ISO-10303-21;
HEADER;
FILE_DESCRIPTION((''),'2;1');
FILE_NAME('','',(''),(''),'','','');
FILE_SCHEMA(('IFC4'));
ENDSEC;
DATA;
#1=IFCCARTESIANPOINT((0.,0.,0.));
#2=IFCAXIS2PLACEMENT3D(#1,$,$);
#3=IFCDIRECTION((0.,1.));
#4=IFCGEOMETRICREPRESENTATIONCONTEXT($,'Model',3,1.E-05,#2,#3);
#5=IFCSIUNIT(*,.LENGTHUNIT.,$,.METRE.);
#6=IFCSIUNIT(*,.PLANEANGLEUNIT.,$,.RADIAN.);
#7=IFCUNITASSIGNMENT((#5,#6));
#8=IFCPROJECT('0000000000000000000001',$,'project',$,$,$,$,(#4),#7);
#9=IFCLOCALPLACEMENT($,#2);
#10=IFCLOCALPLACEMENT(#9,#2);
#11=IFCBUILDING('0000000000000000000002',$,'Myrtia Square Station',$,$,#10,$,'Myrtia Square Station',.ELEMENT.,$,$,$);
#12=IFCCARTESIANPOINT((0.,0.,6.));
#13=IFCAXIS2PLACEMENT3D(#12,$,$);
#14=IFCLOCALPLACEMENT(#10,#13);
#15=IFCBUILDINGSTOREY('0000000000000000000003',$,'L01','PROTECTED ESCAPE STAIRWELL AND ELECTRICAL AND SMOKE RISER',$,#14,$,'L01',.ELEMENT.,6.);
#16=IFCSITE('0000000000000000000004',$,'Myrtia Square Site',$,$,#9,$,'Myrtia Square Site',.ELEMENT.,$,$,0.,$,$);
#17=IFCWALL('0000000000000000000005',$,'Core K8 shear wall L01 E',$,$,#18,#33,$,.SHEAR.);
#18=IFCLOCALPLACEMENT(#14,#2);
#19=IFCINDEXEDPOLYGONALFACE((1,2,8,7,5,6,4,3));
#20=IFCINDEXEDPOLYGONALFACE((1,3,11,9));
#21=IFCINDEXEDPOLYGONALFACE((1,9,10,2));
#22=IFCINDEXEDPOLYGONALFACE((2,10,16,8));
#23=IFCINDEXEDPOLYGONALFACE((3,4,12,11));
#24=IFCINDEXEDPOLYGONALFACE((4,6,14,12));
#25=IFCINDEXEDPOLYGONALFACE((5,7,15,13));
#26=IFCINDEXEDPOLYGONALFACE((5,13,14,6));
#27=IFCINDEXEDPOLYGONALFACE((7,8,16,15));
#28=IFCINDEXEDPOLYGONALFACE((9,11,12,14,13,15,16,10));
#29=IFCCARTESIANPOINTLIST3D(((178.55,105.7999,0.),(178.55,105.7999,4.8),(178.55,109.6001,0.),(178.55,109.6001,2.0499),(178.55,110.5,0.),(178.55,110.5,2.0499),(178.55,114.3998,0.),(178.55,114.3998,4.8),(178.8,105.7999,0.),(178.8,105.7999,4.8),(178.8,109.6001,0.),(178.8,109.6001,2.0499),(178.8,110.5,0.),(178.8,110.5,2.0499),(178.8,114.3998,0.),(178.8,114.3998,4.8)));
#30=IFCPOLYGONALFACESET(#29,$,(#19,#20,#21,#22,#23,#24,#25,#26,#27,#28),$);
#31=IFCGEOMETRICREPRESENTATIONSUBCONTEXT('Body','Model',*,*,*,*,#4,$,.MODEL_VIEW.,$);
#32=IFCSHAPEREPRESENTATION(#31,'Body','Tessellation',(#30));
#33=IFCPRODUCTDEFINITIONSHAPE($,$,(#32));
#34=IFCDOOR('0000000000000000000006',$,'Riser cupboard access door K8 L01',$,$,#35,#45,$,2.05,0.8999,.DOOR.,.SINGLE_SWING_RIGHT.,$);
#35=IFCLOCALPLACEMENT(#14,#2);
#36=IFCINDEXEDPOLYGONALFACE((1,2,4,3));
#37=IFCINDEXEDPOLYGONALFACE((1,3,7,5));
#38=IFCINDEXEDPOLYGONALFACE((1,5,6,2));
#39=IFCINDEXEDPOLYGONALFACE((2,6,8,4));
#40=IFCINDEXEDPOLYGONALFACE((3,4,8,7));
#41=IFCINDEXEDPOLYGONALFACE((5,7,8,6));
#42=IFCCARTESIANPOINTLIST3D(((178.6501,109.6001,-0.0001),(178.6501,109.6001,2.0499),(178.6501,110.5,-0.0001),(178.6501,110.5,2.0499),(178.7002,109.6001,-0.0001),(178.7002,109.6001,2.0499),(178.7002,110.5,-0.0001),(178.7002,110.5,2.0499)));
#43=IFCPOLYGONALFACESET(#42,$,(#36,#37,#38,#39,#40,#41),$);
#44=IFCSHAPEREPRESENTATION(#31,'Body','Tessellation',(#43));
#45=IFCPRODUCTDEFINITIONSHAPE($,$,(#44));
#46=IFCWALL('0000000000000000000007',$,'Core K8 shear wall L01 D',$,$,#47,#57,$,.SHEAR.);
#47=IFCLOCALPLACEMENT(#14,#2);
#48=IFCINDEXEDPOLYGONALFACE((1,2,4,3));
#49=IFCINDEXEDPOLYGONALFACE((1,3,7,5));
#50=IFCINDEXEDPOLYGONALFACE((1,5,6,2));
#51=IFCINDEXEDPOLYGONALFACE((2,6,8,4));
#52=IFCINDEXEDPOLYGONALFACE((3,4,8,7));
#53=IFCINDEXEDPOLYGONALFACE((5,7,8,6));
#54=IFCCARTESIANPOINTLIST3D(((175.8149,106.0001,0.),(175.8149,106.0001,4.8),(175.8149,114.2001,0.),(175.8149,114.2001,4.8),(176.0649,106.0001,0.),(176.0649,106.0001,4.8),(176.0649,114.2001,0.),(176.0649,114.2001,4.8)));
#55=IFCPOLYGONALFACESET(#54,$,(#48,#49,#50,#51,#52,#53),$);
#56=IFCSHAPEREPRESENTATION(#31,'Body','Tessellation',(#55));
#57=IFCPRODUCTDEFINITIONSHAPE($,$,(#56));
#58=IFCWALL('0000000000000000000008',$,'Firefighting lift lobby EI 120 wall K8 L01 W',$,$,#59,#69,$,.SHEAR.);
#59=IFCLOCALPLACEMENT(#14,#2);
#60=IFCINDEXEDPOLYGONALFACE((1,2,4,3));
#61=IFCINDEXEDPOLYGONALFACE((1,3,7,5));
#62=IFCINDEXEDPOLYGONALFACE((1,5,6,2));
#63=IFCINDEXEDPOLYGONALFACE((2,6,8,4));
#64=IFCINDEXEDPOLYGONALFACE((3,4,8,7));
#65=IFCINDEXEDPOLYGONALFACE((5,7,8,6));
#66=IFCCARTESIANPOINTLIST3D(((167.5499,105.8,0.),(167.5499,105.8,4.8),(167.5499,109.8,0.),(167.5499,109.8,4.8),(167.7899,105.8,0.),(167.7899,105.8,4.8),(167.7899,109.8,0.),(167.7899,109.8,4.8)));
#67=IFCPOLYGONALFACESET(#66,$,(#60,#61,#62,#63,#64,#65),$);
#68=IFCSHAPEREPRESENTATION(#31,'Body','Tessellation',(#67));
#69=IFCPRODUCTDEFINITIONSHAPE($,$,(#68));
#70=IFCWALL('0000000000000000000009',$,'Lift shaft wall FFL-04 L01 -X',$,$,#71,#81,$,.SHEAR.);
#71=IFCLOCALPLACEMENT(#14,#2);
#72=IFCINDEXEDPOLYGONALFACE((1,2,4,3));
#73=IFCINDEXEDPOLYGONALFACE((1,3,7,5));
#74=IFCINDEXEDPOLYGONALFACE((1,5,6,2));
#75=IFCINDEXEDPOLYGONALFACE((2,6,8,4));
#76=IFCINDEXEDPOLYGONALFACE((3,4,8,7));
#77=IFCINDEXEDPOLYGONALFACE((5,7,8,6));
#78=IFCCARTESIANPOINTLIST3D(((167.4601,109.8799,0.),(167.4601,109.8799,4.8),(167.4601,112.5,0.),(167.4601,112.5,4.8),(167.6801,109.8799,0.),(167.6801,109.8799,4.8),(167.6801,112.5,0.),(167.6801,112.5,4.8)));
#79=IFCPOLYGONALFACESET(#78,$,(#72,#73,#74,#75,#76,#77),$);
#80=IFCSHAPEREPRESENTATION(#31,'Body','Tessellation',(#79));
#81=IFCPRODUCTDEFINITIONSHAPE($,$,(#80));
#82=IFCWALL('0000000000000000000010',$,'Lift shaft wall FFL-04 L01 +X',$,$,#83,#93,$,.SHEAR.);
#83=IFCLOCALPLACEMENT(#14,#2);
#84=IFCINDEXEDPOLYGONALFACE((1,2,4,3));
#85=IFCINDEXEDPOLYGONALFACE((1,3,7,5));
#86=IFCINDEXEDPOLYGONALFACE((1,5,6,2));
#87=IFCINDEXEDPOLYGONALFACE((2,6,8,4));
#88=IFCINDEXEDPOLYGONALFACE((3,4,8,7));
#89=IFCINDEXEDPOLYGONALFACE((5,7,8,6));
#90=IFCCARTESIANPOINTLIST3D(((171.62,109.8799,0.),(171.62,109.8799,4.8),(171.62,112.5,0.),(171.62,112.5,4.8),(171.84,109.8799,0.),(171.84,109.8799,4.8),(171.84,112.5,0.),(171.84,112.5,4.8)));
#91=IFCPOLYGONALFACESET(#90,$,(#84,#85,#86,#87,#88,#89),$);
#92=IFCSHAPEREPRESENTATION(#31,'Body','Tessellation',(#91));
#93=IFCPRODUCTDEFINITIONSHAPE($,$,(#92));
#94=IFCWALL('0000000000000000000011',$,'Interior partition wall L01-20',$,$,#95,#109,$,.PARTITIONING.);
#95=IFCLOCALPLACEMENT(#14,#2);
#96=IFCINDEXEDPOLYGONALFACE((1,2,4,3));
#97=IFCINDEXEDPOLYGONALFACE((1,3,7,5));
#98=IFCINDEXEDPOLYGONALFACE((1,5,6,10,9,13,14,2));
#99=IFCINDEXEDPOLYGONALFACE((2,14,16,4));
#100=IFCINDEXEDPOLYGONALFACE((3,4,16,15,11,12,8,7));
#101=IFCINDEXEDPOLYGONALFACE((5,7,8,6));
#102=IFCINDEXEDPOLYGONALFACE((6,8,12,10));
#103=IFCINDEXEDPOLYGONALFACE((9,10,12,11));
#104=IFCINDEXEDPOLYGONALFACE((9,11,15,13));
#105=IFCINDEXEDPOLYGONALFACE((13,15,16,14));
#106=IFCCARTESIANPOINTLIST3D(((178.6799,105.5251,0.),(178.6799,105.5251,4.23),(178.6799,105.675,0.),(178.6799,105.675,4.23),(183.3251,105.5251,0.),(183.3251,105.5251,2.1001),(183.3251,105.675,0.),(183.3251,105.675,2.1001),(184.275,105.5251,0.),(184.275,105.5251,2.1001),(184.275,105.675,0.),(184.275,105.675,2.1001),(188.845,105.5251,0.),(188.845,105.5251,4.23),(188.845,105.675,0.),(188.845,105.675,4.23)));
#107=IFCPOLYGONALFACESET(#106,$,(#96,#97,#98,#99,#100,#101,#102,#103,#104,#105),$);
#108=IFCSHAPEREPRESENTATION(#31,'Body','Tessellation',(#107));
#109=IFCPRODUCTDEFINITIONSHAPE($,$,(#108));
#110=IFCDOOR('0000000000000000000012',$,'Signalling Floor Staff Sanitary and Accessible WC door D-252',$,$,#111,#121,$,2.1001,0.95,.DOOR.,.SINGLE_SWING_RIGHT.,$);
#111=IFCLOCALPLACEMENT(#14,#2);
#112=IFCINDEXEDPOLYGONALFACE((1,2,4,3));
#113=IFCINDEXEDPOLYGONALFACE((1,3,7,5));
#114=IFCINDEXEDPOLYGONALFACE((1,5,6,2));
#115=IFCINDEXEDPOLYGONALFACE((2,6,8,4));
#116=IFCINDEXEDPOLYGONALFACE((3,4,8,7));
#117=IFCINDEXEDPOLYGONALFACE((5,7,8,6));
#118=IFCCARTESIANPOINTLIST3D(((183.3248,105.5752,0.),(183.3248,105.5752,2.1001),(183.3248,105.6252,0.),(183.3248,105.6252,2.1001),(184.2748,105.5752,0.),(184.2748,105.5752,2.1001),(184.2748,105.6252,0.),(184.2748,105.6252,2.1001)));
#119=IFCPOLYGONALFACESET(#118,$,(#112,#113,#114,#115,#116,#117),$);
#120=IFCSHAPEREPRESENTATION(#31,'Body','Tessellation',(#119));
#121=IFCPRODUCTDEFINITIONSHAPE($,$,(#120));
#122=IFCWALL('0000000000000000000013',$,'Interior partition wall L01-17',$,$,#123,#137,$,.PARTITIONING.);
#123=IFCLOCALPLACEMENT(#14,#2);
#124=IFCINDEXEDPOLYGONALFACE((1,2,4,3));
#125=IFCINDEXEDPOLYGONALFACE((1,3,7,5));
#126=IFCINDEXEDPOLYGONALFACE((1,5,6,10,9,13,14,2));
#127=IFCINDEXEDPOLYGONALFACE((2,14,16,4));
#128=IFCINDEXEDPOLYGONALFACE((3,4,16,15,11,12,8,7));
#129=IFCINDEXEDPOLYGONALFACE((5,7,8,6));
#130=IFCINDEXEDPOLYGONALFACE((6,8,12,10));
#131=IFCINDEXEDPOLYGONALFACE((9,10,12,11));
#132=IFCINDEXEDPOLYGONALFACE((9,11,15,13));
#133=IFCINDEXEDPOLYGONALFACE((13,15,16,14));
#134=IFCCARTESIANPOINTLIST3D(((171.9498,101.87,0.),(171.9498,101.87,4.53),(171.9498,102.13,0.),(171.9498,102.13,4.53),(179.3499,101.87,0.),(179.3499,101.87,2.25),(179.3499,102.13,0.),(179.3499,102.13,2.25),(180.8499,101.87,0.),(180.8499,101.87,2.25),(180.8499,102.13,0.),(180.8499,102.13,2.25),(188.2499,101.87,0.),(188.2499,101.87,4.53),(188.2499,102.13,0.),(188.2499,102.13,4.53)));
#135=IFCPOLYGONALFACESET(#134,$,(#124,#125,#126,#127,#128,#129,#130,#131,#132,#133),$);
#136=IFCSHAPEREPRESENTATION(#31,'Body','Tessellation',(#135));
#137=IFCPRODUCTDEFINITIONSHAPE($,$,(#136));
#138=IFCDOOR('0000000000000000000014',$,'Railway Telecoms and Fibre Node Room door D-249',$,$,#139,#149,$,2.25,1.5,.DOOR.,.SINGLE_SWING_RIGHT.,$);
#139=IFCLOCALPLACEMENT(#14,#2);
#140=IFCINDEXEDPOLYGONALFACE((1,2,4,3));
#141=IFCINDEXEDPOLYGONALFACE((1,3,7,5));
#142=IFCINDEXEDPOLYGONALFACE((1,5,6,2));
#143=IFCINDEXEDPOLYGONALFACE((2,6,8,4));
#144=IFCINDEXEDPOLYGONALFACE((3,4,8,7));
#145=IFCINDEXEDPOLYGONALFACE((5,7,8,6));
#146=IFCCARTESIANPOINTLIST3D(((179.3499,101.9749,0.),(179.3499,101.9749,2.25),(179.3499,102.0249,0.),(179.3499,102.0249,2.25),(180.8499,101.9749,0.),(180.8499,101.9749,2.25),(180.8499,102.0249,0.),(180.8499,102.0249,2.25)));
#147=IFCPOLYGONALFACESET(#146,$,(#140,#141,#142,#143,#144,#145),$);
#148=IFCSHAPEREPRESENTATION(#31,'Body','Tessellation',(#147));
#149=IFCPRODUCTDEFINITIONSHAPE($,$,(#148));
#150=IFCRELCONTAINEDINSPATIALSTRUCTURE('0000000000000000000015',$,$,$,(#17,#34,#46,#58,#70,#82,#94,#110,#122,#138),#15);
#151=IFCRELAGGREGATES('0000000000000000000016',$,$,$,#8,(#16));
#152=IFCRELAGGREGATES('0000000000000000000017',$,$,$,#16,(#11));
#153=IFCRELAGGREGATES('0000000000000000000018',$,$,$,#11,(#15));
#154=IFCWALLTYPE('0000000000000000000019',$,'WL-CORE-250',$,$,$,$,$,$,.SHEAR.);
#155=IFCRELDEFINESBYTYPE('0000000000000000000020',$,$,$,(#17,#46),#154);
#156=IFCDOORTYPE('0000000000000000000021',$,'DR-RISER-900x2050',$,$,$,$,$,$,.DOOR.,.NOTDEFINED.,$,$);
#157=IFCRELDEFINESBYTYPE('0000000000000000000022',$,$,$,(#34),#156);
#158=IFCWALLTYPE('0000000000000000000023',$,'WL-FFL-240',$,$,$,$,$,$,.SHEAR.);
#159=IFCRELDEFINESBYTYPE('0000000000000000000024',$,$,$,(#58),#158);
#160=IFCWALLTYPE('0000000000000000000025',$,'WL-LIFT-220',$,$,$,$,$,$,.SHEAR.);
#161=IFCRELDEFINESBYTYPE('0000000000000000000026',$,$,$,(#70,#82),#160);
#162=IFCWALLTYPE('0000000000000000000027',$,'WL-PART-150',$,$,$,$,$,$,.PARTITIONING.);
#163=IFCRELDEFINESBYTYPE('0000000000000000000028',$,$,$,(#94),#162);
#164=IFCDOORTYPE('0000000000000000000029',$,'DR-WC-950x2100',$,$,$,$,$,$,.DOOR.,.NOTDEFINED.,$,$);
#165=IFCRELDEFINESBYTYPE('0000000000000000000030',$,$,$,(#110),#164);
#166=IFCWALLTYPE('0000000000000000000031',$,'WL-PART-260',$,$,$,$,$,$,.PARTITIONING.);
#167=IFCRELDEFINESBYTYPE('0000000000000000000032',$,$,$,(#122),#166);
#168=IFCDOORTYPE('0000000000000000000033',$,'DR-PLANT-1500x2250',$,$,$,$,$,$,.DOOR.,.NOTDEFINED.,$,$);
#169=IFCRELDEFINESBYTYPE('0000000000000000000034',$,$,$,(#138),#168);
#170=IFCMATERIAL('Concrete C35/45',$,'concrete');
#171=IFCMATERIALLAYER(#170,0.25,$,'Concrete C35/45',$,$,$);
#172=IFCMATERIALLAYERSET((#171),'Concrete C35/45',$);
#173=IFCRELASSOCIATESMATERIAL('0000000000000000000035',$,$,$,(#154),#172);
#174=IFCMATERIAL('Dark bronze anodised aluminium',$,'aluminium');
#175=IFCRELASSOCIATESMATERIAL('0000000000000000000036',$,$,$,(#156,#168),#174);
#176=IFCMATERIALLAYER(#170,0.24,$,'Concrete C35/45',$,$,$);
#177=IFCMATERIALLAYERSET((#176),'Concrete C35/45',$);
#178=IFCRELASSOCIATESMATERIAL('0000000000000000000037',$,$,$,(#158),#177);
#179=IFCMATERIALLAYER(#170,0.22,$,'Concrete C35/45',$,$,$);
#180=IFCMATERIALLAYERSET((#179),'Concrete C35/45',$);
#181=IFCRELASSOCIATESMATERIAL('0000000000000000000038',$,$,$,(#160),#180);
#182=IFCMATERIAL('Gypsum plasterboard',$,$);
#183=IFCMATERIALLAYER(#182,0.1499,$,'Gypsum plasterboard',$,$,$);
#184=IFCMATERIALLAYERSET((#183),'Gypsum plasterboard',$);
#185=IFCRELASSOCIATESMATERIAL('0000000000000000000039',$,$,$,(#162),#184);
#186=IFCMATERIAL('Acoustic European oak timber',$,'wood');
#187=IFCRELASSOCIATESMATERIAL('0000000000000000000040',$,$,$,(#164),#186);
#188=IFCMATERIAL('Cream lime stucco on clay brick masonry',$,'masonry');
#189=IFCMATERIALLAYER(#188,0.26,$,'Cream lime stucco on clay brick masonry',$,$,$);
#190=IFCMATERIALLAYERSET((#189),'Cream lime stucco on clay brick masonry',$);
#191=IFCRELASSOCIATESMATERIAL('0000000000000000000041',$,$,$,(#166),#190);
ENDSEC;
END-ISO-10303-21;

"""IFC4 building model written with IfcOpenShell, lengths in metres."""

from ifc_helpers import new_model, si_unit, direction, frame, frame_2d, origin, place, context, subcontext, project, spatial, rectangle, extrude, material, layer, layer_set, type_object, element, fill, save


model = new_model("IFC4")

# Units and contexts
model_context = context("Model", 3, precision=1e-05, world=origin(), true_north=direction((0.0, 1.0)))
body_context = subcontext(model_context, "Body", "Model", "MODEL_VIEW")
ifc_project = project(units=[si_unit("LENGTHUNIT", "METRE"), si_unit("PLANEANGLEUNIT", "RADIAN")], contexts=[model_context])

# Site, building, storey
site_placement = place(None, origin())
site = spatial("IfcSite", under=ifc_project, at=site_placement, Name="Myrtia Square Site", LongName="Myrtia Square Site", CompositionType="ELEMENT", RefElevation=0.0)
building_placement = place(site_placement, origin())
building = spatial("IfcBuilding", under=site, at=building_placement, Name="Myrtia Square Station", LongName="Myrtia Square Station", CompositionType="ELEMENT")
storey_placement = place(building_placement, frame((0.0, 0.0, 6.0)))
storey = spatial("IfcBuildingStorey", under=building, at=storey_placement, Name="L01", Description="PROTECTED ESCAPE STAIRWELL AND ELECTRICAL AND SMOKE RISER", LongName="L01", CompositionType="ELEMENT", Elevation=6.0)

# Shared definitions
ifc_material_1 = material(Name="Concrete C35/45", Category="concrete")
ifc_layer_1 = layer(ifc_material_1, 0.25, Name="Concrete C35/45")
ifc_layer_set_1 = layer_set([ifc_layer_1], Name="Concrete C35/45")
wall_type_1 = type_object("IfcWallType", Name="WL-CORE-250", PredefinedType="SHEAR", material=ifc_layer_set_1)

# Wall, opening, door
ifc_material_2 = material(Name="Dark bronze anodised aluminium", Category="aluminium")
wall_1_placement = place(storey_placement, frame((178.675, 105.8, 0.0), z_axis=(0.0, 0.0, 1.0), x_axis=(0.0, 1.0, 0.0)))
wall_1 = element("IfcWall", 1, at=wall_1_placement, inside=storey, type_object=wall_type_1, Name="Core K8 shear wall L01 E", PredefinedType="SHEAR", context=body_context, shape_type="SweptSolid", body=[
    extrude(rectangle(XDim=8.5999, YDim=0.25, at=frame_2d((4.2998, 0.0))), origin(), (0.0, 0.0, 1.0), 4.8),
])
opening_1_placement = place(wall_1_placement, frame((3.8, 0.0, 0.0)))
opening_1 = element("IfcOpeningElement", 2, at=opening_1_placement, cuts=wall_1, PredefinedType="OPENING", context=body_context, shape_type="SweptSolid", body=[
    extrude(rectangle(XDim=0.8999, YDim=2.05, at=frame_2d((0.45, 1.0249))), frame((0.0, 0.1399, 0.0), z_axis=(0.0, -1.0, 0.0), x_axis=(1.0, 0.0, 0.0)), (0.0, 0.0, 1.0), 0.28),
])
door_type_1 = type_object("IfcDoorType", Name="DR-RISER-900x2050", OperationType="NOTDEFINED", PredefinedType="DOOR", material=ifc_material_2)
door_1_placement = place(opening_1_placement, origin())
door_1 = element("IfcDoor", 3, at=door_1_placement, inside=storey, type_object=door_type_1, Name="Riser cupboard access door K8 L01", OperationType="SINGLE_SWING_RIGHT", OverallHeight=2.05, OverallWidth=0.8999, PredefinedType="DOOR", context=body_context, shape_type="SweptSolid", body=[
    extrude(rectangle(XDim=0.8999, YDim=2.05, at=frame_2d((0.45, 1.0249))), frame((0.0, 0.0249, 0.0), z_axis=(0.0, -1.0, 0.0), x_axis=(1.0, 0.0, 0.0)), (0.0, 0.0, 1.0), 0.05),
])
fill(opening_1, door_1)

# Walls
wall_2_placement = place(storey_placement, frame((175.9399, 106.0, 0.0), z_axis=(0.0, 0.0, 1.0), x_axis=(0.0, 1.0, 0.0)))
element("IfcWall", 4, at=wall_2_placement, inside=storey, type_object=wall_type_1, Name="Core K8 shear wall L01 D", PredefinedType="SHEAR", context=body_context, shape_type="SweptSolid", body=[
    extrude(rectangle(XDim=8.2, YDim=0.25, at=frame_2d((4.1001, 0.0))), origin(), (0.0, 0.0, 1.0), 4.8),
])
ifc_layer_2 = layer(ifc_material_1, 0.24, Name="Concrete C35/45")
ifc_layer_set_2 = layer_set([ifc_layer_2], Name="Concrete C35/45")
wall_type_2 = type_object("IfcWallType", Name="WL-FFL-240", PredefinedType="SHEAR", material=ifc_layer_set_2)
wall_3_placement = place(storey_placement, frame((167.6699, 105.8, 0.0), z_axis=(0.0, 0.0, 1.0), x_axis=(0.0, 1.0, 0.0)))
element("IfcWall", 5, at=wall_3_placement, inside=storey, type_object=wall_type_2, Name="Firefighting lift lobby EI 120 wall K8 L01 W", PredefinedType="SHEAR", context=body_context, shape_type="SweptSolid", body=[
    extrude(rectangle(XDim=4.0, YDim=0.24, at=frame_2d((2.0, 0.0))), origin(), (0.0, 0.0, 1.0), 4.8),
])
ifc_layer_3 = layer(ifc_material_1, 0.22, Name="Concrete C35/45")
ifc_layer_set_3 = layer_set([ifc_layer_3], Name="Concrete C35/45")
wall_type_3 = type_object("IfcWallType", Name="WL-LIFT-220", PredefinedType="SHEAR", material=ifc_layer_set_3)
for number, where, z_axis, x_axis, name in (
    (6, (167.5701, 109.8799, 0.0), (0.0, 0.0, 1.0), (0.0, 1.0, 0.0), "Lift shaft wall FFL-04 L01 -X"),
    (7, (171.73, 109.8799, 0.0), (0.0, 0.0, 1.0), (0.0, 1.0, 0.0), "Lift shaft wall FFL-04 L01 +X"),
):
    element("IfcWall", number, at=place(storey_placement, frame(where, z_axis=z_axis, x_axis=x_axis)), inside=storey, type_object=wall_type_3, Name=name, PredefinedType="SHEAR", context=body_context, shape_type="SweptSolid", body=[
        extrude(rectangle(XDim=2.6201, YDim=0.22, at=frame_2d((1.3101, 0.0))), origin(), (0.0, 0.0, 1.0), 4.8),
    ])

# Walls, openings, doors
ifc_material_3 = material(Name="Gypsum plasterboard")
ifc_layer_4 = layer(ifc_material_3, 0.1499, Name="Gypsum plasterboard")
ifc_layer_set_4 = layer_set([ifc_layer_4], Name="Gypsum plasterboard")
wall_type_4 = type_object("IfcWallType", Name="WL-PART-150", PredefinedType="PARTITIONING", material=ifc_layer_set_4)
wall_4_placement = place(storey_placement, frame((178.6799, 105.6001, 0.0), z_axis=(0.0, 0.0, 1.0), x_axis=(1.0, 0.0, 0.0)))
wall_4 = element("IfcWall", 8, at=wall_4_placement, inside=storey, type_object=wall_type_4, Name="Interior partition wall L01-20", PredefinedType="PARTITIONING", context=body_context, shape_type="SweptSolid", body=[
    extrude(rectangle(XDim=10.165, YDim=0.1499, at=frame_2d((5.0825, 0.0))), origin(), (0.0, 0.0, 1.0), 4.23),
])
opening_2_placement = place(wall_4_placement, frame((4.645, 0.0, 0.0)))
opening_2 = element("IfcOpeningElement", 9, at=opening_2_placement, cuts=wall_4, PredefinedType="OPENING", context=body_context, shape_type="SweptSolid", body=[
    extrude(rectangle(XDim=0.95, YDim=2.1001, at=frame_2d((0.4751, 1.05))), frame((0.0, 0.0898, 0.0), z_axis=(0.0, -1.0, 0.0), x_axis=(1.0, 0.0, 0.0)), (0.0, 0.0, 1.0), 0.1799),
])
ifc_material_4 = material(Name="Acoustic European oak timber", Category="wood")
door_type_2 = type_object("IfcDoorType", Name="DR-WC-950x2100", OperationType="NOTDEFINED", PredefinedType="DOOR", material=ifc_material_4)
door_2_placement = place(opening_2_placement, frame((0.95, 0.0, 0.0), z_axis=(0.0, 0.0, 1.0), x_axis=(-1.0, 0.0, 0.0)))
door_2 = element("IfcDoor", 10, at=door_2_placement, inside=storey, type_object=door_type_2, Name="Signalling Floor Staff Sanitary and Accessible WC door D-252", OperationType="SINGLE_SWING_RIGHT", OverallHeight=2.1001, OverallWidth=0.95, PredefinedType="DOOR", context=body_context, shape_type="SweptSolid", body=[
    extrude(rectangle(XDim=0.95, YDim=2.1001, at=frame_2d((0.4751, 1.05))), frame((0.0, 0.0249, 0.0), z_axis=(0.0, -1.0, 0.0), x_axis=(1.0, 0.0, 0.0)), (0.0, 0.0, 1.0), 0.05),
])
fill(opening_2, door_2)
ifc_material_5 = material(Name="Cream lime stucco on clay brick masonry", Category="masonry")
ifc_layer_5 = layer(ifc_material_5, 0.26, Name="Cream lime stucco on clay brick masonry")
ifc_layer_set_5 = layer_set([ifc_layer_5], Name="Cream lime stucco on clay brick masonry")
wall_type_5 = type_object("IfcWallType", Name="WL-PART-260", PredefinedType="PARTITIONING", material=ifc_layer_set_5)
wall_5_placement = place(storey_placement, frame((171.95, 102.0, 0.0), z_axis=(0.0, 0.0, 1.0), x_axis=(1.0, 0.0, 0.0)))
wall_5 = element("IfcWall", 11, at=wall_5_placement, inside=storey, type_object=wall_type_5, Name="Interior partition wall L01-17", PredefinedType="PARTITIONING", context=body_context, shape_type="SweptSolid", body=[
    extrude(rectangle(XDim=16.3, YDim=0.26, at=frame_2d((8.1499, 0.0))), origin(), (0.0, 0.0, 1.0), 4.53),
])
opening_3_placement = place(wall_5_placement, frame((7.3999, 0.0, 0.0)))
opening_3 = element("IfcOpeningElement", 12, at=opening_3_placement, cuts=wall_5, PredefinedType="OPENING", context=body_context, shape_type="SweptSolid", body=[
    extrude(rectangle(XDim=1.5, YDim=2.25, at=frame_2d((0.75, 1.125))), frame((0.0, 0.145, 0.0), z_axis=(0.0, -1.0, 0.0), x_axis=(1.0, 0.0, 0.0)), (0.0, 0.0, 1.0), 0.29),
])
door_type_3 = type_object("IfcDoorType", Name="DR-PLANT-1500x2250", OperationType="NOTDEFINED", PredefinedType="DOOR", material=ifc_material_2)
door_3_placement = place(opening_3_placement, origin())
door_3 = element("IfcDoor", 13, at=door_3_placement, inside=storey, type_object=door_type_3, Name="Railway Telecoms and Fibre Node Room door D-249", OperationType="SINGLE_SWING_RIGHT", OverallHeight=2.25, OverallWidth=1.5, PredefinedType="DOOR", context=body_context, shape_type="SweptSolid", body=[
    extrude(rectangle(XDim=1.5, YDim=2.25, at=frame_2d((0.75, 1.125))), frame((0.0, 0.0249, 0.0), z_axis=(0.0, -1.0, 0.0), x_axis=(1.0, 0.0, 0.0)), (0.0, 0.0, 1.0), 0.05),
])
fill(opening_3, door_3)

save(model, "model.ifc")
